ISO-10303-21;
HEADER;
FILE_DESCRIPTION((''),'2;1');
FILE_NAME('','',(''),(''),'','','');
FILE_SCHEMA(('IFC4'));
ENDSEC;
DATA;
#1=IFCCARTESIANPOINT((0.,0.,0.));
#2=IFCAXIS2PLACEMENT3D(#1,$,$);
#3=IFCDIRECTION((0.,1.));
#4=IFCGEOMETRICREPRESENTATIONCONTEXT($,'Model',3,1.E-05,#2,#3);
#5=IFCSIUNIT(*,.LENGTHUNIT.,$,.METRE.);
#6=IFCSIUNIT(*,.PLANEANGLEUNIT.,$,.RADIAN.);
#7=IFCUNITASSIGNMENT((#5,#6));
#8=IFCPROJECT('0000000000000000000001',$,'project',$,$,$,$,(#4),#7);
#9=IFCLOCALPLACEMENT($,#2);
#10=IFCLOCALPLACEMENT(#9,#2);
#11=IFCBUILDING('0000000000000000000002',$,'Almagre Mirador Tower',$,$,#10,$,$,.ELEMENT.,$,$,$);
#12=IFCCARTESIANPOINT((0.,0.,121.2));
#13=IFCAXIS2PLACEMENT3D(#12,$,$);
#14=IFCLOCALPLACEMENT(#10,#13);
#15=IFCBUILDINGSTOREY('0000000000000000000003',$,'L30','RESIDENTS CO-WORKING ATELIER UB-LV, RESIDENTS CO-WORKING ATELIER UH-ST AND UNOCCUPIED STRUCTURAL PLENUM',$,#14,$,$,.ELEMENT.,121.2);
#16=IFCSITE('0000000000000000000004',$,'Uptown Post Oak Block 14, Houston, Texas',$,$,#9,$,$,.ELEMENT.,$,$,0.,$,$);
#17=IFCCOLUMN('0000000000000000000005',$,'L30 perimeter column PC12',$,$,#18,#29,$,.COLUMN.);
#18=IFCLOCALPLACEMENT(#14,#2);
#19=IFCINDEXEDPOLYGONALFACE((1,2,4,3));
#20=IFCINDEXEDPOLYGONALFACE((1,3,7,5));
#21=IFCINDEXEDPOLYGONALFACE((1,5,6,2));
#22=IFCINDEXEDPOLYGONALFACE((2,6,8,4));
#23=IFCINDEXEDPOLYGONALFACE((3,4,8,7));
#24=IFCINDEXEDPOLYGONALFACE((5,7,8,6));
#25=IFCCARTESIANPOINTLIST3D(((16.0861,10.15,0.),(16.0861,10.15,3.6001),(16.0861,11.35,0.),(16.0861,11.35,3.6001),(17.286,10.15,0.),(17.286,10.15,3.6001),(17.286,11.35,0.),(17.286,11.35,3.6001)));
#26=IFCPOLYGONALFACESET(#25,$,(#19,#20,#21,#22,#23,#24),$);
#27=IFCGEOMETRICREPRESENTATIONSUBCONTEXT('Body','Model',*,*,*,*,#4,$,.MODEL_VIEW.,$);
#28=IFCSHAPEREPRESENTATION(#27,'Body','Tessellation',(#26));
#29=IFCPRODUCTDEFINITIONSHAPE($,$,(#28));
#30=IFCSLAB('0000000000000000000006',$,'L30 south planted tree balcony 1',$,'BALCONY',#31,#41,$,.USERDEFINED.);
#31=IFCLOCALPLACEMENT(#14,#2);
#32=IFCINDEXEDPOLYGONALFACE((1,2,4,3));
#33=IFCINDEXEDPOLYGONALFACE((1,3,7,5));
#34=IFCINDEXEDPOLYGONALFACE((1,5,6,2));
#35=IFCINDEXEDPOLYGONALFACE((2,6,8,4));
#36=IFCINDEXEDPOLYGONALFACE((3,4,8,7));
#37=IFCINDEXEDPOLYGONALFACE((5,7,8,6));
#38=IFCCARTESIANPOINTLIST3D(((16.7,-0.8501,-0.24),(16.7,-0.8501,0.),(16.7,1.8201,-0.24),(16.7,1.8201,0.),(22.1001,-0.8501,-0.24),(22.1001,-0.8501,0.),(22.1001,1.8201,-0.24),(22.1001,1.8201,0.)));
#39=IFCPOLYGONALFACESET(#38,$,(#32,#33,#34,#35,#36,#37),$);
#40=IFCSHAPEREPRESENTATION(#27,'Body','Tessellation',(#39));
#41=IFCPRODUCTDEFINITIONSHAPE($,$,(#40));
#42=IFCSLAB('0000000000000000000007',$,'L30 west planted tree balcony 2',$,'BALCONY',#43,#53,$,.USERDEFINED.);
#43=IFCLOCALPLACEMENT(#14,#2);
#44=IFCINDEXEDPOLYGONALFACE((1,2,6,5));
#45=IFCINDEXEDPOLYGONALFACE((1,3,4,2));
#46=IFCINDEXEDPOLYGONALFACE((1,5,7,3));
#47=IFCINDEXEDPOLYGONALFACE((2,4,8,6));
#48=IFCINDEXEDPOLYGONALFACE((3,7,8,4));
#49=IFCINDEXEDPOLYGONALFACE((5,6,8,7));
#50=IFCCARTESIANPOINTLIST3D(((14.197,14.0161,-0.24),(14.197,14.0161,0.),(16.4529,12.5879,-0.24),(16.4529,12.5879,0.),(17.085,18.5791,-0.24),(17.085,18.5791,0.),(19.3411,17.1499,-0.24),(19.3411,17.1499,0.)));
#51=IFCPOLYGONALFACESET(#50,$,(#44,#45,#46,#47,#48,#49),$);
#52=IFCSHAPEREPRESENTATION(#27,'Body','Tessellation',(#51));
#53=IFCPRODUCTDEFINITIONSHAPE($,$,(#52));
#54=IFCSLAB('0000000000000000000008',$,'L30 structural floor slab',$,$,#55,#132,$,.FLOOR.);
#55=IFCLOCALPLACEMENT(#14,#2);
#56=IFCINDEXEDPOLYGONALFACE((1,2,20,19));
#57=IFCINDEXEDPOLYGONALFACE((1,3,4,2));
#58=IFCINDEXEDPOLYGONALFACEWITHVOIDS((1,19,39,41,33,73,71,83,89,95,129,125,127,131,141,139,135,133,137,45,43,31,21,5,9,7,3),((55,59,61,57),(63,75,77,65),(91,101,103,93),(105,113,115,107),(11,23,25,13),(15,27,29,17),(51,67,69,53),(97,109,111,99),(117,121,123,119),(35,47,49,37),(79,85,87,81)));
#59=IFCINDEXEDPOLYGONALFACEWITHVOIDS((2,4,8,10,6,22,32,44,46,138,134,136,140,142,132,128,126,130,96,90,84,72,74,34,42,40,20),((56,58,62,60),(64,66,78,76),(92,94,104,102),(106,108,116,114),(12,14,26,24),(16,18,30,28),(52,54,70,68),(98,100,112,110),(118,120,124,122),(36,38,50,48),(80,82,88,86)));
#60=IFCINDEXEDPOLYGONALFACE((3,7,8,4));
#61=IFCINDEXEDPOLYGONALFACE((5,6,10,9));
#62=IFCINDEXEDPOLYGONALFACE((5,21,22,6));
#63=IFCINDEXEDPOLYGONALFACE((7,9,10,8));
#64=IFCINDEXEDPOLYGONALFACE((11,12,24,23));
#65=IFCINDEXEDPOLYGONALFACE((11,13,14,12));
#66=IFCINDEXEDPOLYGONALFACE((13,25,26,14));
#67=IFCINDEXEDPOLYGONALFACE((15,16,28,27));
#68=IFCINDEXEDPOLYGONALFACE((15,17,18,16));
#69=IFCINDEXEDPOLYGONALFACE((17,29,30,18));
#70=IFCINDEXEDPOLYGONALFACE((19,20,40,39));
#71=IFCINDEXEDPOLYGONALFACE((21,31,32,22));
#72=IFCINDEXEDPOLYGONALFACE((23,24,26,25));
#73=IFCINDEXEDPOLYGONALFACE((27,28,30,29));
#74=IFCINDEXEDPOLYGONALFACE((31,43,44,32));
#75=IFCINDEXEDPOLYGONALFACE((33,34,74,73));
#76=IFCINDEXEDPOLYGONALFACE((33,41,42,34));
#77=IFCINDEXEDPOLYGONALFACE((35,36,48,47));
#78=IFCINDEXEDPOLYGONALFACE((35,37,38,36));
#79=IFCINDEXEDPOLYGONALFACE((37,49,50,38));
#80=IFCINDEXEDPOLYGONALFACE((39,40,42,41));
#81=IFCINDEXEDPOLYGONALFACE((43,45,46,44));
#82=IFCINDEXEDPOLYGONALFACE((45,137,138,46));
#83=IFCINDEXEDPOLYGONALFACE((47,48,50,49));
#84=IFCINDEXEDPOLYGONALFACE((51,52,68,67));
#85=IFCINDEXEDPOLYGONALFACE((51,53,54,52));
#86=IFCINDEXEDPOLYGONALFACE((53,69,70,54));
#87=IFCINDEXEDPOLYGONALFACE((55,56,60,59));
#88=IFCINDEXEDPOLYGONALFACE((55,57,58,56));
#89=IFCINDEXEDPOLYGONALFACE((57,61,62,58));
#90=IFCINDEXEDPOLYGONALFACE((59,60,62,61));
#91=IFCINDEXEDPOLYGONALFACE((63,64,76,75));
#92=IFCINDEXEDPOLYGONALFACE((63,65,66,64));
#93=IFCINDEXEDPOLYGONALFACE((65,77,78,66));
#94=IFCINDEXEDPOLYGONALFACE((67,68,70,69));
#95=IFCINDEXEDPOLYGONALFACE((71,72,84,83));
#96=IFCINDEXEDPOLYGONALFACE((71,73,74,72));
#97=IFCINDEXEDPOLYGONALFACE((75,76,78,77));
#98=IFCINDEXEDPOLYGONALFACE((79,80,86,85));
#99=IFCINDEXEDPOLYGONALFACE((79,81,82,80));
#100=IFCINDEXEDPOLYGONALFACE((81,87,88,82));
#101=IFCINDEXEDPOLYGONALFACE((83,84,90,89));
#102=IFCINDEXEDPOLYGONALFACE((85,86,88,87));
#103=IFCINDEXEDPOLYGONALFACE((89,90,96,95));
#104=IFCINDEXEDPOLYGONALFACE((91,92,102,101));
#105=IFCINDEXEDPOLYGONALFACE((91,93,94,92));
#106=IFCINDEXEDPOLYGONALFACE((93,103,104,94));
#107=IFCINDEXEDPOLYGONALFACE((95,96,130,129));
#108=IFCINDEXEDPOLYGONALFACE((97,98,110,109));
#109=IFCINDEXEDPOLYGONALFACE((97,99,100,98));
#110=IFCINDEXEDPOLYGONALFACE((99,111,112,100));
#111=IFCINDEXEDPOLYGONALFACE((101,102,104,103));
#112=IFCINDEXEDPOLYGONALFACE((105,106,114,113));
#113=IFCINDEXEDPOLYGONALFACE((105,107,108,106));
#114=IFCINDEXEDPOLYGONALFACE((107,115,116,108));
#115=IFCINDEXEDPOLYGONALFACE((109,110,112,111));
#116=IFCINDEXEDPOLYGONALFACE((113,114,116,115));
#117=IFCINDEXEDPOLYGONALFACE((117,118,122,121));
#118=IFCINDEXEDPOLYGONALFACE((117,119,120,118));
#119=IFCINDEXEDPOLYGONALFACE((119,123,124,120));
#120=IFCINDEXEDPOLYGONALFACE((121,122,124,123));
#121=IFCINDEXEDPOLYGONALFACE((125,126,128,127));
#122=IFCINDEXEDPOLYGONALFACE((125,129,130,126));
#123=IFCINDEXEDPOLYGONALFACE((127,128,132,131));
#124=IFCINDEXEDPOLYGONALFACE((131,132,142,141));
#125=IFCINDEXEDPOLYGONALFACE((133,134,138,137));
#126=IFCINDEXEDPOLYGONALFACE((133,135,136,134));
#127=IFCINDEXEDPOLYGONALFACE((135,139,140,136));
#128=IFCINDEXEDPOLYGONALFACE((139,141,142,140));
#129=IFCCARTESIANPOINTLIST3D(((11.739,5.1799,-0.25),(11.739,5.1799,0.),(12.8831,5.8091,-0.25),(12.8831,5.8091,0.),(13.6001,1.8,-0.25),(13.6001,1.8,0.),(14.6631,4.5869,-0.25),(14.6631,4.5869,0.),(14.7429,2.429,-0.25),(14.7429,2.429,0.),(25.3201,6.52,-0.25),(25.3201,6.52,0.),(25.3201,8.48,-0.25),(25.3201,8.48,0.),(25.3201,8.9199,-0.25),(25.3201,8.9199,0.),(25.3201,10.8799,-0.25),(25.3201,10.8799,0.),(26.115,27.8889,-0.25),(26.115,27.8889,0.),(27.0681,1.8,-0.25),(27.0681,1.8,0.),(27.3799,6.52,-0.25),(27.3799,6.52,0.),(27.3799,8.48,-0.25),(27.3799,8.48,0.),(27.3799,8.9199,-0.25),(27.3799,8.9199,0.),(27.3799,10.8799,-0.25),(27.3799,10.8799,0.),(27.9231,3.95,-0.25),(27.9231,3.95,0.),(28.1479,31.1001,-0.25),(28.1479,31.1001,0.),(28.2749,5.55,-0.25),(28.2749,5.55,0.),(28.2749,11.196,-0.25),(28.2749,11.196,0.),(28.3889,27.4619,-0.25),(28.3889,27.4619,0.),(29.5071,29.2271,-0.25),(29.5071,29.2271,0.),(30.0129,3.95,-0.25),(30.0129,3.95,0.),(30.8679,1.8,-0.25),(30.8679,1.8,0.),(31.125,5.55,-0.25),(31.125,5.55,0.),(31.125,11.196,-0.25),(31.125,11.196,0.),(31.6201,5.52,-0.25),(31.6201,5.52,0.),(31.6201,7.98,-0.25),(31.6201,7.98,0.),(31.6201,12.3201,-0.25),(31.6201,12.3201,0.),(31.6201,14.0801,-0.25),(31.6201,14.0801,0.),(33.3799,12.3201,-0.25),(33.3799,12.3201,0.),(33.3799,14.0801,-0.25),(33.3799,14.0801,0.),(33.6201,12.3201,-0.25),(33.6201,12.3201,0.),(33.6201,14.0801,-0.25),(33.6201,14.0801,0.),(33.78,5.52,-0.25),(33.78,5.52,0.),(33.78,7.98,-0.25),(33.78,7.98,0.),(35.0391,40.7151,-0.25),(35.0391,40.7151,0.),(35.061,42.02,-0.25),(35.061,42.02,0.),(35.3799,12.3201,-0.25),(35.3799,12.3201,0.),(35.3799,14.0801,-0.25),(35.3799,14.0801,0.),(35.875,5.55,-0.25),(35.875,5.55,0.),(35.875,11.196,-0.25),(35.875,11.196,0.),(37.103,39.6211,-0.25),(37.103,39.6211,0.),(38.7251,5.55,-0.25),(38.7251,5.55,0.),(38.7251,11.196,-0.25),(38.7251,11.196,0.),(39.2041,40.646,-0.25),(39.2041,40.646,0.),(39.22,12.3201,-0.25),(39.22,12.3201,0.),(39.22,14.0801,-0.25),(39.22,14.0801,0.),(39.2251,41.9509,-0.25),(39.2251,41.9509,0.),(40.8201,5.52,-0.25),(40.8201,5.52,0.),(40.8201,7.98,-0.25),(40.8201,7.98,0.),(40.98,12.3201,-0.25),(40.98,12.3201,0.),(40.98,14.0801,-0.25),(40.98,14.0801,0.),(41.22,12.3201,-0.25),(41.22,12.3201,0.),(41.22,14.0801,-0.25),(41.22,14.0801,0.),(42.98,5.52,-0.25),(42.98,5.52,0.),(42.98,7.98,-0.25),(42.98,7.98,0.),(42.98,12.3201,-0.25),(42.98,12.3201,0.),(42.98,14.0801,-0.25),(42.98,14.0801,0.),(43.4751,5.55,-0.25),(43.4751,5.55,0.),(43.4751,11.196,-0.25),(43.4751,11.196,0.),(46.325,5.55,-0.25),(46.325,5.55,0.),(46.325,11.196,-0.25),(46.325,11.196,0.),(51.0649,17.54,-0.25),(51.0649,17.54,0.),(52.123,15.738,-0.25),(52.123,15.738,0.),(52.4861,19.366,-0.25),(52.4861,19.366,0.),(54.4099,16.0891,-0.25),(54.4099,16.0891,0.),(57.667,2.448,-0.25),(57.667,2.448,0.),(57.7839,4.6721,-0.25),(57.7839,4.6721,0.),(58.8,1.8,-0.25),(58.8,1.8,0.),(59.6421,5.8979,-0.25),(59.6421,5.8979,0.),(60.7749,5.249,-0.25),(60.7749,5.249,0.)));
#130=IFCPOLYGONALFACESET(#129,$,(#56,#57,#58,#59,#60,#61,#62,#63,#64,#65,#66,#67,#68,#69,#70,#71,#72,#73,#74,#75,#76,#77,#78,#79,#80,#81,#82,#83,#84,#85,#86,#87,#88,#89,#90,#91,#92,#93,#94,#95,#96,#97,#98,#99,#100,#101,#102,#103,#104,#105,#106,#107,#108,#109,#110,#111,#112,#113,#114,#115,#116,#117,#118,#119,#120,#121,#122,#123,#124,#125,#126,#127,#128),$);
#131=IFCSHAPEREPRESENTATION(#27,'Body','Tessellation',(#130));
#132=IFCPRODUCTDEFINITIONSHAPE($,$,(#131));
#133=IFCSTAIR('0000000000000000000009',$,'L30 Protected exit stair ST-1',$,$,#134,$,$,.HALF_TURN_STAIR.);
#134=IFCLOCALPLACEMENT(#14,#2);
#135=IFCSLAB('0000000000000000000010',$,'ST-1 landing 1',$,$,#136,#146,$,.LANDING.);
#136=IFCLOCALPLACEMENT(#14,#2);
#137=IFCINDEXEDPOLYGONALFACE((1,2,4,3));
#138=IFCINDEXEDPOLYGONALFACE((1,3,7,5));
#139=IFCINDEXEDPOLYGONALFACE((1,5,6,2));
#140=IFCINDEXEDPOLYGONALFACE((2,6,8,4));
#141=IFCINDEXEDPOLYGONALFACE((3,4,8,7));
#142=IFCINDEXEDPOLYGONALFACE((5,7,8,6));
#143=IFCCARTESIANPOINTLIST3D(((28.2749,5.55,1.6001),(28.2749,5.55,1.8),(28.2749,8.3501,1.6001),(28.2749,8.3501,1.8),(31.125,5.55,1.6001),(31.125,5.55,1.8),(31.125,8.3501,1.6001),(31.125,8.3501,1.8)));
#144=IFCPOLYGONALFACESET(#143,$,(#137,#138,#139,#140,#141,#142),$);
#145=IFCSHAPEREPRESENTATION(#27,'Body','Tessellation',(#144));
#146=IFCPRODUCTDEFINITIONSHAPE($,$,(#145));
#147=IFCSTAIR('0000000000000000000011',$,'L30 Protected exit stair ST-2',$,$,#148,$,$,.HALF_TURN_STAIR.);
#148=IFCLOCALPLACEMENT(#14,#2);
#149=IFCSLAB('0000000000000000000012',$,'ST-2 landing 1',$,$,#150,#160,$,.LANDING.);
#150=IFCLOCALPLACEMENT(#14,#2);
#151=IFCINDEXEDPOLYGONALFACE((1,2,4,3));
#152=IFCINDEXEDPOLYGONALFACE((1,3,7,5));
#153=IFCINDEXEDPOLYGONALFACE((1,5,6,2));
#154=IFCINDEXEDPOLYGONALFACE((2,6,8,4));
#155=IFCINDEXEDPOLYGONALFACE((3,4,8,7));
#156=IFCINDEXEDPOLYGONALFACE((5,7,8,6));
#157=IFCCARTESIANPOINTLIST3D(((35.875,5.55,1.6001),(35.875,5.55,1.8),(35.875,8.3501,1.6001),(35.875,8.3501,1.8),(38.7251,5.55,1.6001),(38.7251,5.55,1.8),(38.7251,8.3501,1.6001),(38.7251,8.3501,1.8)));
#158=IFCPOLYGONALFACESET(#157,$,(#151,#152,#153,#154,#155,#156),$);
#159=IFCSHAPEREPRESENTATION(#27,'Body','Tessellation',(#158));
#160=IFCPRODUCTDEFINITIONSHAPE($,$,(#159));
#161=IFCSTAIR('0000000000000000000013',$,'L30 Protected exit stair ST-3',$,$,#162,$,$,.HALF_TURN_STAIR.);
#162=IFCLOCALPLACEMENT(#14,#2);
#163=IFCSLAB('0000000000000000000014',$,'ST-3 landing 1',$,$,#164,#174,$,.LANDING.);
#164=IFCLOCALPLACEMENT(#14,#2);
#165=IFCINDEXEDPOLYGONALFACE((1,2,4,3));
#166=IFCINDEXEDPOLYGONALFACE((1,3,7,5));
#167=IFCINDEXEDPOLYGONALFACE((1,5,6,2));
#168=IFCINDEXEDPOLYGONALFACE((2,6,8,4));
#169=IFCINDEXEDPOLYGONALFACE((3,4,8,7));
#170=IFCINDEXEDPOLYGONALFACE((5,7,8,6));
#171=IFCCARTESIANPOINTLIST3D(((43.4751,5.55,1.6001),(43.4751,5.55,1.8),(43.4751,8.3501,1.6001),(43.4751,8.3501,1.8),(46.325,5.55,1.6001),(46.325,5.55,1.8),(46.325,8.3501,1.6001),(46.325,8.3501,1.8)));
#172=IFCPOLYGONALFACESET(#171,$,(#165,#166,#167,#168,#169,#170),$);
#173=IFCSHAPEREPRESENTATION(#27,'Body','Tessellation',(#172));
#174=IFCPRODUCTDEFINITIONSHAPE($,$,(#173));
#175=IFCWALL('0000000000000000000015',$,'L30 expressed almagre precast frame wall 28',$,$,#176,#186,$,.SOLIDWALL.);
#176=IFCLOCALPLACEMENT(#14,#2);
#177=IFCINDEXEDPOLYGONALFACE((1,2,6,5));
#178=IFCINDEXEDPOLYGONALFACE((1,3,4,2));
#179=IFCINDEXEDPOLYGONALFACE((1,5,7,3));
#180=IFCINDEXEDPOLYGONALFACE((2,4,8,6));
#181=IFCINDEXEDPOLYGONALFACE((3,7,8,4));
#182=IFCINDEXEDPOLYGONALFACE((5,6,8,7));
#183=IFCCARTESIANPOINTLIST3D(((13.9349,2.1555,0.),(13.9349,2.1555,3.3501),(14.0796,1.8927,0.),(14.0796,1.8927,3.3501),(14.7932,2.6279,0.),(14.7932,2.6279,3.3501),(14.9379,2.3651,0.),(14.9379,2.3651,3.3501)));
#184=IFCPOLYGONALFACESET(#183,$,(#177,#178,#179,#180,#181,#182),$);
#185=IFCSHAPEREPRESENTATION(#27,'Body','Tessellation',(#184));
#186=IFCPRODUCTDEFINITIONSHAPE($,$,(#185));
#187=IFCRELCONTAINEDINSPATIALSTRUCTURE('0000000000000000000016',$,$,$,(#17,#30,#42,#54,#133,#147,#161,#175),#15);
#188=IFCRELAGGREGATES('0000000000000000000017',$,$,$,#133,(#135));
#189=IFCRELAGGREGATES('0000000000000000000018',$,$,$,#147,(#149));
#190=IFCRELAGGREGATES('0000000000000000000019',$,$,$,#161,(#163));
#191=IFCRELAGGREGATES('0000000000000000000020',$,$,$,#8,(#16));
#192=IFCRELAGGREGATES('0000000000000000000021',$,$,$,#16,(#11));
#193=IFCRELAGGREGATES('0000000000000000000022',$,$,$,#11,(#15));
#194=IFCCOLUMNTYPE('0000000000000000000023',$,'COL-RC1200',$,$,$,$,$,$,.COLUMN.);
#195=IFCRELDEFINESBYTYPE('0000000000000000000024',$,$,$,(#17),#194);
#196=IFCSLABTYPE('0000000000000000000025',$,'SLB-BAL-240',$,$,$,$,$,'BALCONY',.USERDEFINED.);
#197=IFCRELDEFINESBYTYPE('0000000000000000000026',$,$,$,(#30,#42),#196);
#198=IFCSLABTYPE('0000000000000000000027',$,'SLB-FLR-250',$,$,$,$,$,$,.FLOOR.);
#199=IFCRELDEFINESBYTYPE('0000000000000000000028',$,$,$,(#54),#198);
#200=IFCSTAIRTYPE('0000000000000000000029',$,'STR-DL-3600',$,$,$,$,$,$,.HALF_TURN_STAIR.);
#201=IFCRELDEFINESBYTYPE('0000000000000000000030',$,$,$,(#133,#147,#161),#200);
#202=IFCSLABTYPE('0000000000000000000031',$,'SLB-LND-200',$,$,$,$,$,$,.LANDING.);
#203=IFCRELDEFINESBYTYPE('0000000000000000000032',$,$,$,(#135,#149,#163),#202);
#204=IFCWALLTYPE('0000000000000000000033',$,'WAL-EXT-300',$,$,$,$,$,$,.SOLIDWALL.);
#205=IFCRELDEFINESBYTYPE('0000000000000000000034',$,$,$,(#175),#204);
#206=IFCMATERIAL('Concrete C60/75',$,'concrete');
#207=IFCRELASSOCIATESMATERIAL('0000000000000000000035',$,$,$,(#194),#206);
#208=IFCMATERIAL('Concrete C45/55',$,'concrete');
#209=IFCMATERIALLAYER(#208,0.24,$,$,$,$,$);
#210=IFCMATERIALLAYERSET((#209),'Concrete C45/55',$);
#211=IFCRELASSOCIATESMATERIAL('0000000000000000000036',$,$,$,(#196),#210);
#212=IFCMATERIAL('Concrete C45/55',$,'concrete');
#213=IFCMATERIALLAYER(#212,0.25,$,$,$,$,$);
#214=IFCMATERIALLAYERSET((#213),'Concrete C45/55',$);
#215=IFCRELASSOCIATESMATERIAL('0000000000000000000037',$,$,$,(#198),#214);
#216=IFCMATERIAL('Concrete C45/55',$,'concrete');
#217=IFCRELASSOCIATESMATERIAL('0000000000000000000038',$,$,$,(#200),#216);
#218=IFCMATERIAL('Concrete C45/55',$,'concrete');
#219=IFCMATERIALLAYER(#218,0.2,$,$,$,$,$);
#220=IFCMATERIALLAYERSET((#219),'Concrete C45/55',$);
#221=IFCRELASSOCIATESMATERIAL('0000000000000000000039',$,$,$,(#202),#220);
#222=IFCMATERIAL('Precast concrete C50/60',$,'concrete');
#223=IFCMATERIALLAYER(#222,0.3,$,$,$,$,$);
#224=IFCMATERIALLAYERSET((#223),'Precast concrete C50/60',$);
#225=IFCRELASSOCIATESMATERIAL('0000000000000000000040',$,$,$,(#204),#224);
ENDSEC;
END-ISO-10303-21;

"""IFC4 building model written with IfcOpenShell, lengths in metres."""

from ifc_helpers import new_model, si_unit, direction, frame, frame_2d, origin, origin_2d, place, context, subcontext, project, spatial, polyline, rectangle, outline, extrude, material, layer, layer_set, material_profile, profile_set, type_object, element, aggregate, save


model = new_model("IFC4")

# Units and contexts
model_context = context("Model", 3, precision=1e-05, world=origin(), true_north=direction((0.0, 1.0)))
body_context = subcontext(model_context, "Body", "Model", "MODEL_VIEW")
ifc_project = project(units=[si_unit("LENGTHUNIT", "METRE"), si_unit("PLANEANGLEUNIT", "RADIAN")], contexts=[model_context])

# Site, building, storey
site_placement = place(None, origin())
site = spatial("IfcSite", under=ifc_project, at=site_placement, Name="Uptown Post Oak Block 14, Houston, Texas", CompositionType="ELEMENT", RefElevation=0.0)
building_placement = place(site_placement, origin())
building = spatial("IfcBuilding", under=site, at=building_placement, Name="Almagre Mirador Tower", CompositionType="ELEMENT")
storey_placement = place(building_placement, frame((0.0, 0.0, 121.2)))
storey = spatial("IfcBuildingStorey", under=building, at=storey_placement, Name="L30", Description="RESIDENTS CO-WORKING ATELIER UB-LV, RESIDENTS CO-WORKING ATELIER UH-ST AND UNOCCUPIED STRUCTURAL PLENUM", CompositionType="ELEMENT", Elevation=121.2)

# Column
ifc_material_1 = material(Name="Concrete C60/75", Category="concrete")
ifc_material_profile = material_profile(ifc_material_1, rectangle(XDim=1.2, YDim=1.2, at=origin_2d()), Name="RC1200X1200")
ifc_profile_set = profile_set([ifc_material_profile], Name="Concrete C60/75")
column_type = type_object("IfcColumnType", Name="COL-RC1200", PredefinedType="COLUMN", material=ifc_profile_set)
column_placement = place(storey_placement, frame((16.686, 10.75, 0.0), z_axis=(0.0, 0.0, 1.0), x_axis=(1.0, 0.0, 0.0)))
element("IfcColumn", 1, at=column_placement, inside=storey, type_object=column_type, Name="L30 perimeter column PC12", PredefinedType="COLUMN", context=body_context, shape_type="SweptSolid", body=[
    extrude(rectangle(XDim=1.2, YDim=1.2, at=origin_2d()), origin(), (0.0, 0.0, 1.0), 3.6001),
])

# Slabs
ifc_material_2 = material(Name="Concrete C45/55", Category="concrete")
ifc_layer_1 = layer(ifc_material_2, 0.24)
ifc_layer_set_1 = layer_set([ifc_layer_1], Name="Concrete C45/55")
slab_type_1 = type_object("IfcSlabType", Name="SLB-BAL-240", ElementType="BALCONY", PredefinedType="USERDEFINED", material=ifc_layer_set_1)
slab_1_placement = place(storey_placement, frame((0.0, 0.0, -0.24)))
element("IfcSlab", 2, at=slab_1_placement, inside=storey, type_object=slab_type_1, Name="L30 south planted tree balcony 1", ObjectType="BALCONY", PredefinedType="USERDEFINED", context=body_context, shape_type="SweptSolid", body=[
    extrude(outline(polyline([(16.7, 1.8201), (22.1001, 1.8201), (22.1001, -0.8501), (16.7, -0.8501), (16.7, 1.8201)])), origin(), (0.0, 0.0, 1.0), 0.24),
])
slab_2_placement = place(storey_placement, frame((0.0, 0.0, -0.24)))
element("IfcSlab", 3, at=slab_2_placement, inside=storey, type_object=slab_type_1, Name="L30 west planted tree balcony 2", ObjectType="BALCONY", PredefinedType="USERDEFINED", context=body_context, shape_type="SweptSolid", body=[
    extrude(outline(polyline([(19.3411, 17.1499), (16.4529, 12.5879), (14.197, 14.0161), (17.085, 18.5791), (19.3411, 17.1499)])), origin(), (0.0, 0.0, 1.0), 0.24),
])
ifc_material_3 = material(Name="Concrete C45/55", Category="concrete")
ifc_layer_2 = layer(ifc_material_3, 0.25)
ifc_layer_set_2 = layer_set([ifc_layer_2], Name="Concrete C45/55")
slab_type_2 = type_object("IfcSlabType", Name="SLB-FLR-250", PredefinedType="FLOOR", material=ifc_layer_set_2)
slab_3_placement = place(storey_placement, frame((0.0, 0.0, -0.25)))
element("IfcSlab", 4, at=slab_3_placement, inside=storey, type_object=slab_type_2, Name="L30 structural floor slab", PredefinedType="FLOOR", context=body_context, shape_type="SweptSolid", body=[
    extrude(outline(polyline([(11.739, 5.1799), (12.8831, 5.8091), (14.6631, 4.5869), (14.7429, 2.429), (13.6001, 1.8), (27.0681, 1.8), (27.9231, 3.95), (30.0129, 3.95), (30.8679, 1.8), (58.8, 1.8), (57.667, 2.448), (57.7839, 4.6721), (59.6421, 5.8979), (60.7749, 5.249), (54.4099, 16.0891), (52.123, 15.738), (51.0649, 17.54), (52.4861, 19.366), (39.2251, 41.9509), (39.2041, 40.646), (37.103, 39.6211), (35.0391, 40.7151), (35.061, 42.02), (28.1479, 31.1001), (29.5071, 29.2271), (28.3889, 27.4619), (26.115, 27.8889), (11.739, 5.1799)]), holes=[polyline([(43.4751, 5.55), (43.4751, 11.196), (46.325, 11.196), (46.325, 5.55), (43.4751, 5.55)]), polyline([(40.8201, 5.52), (40.8201, 7.98), (42.98, 7.98), (42.98, 5.52), (40.8201, 5.52)]), polyline([(41.22, 12.3201), (41.22, 14.0801), (42.98, 14.0801), (42.98, 12.3201), (41.22, 12.3201)]), polyline([(39.22, 12.3201), (39.22, 14.0801), (40.98, 14.0801), (40.98, 12.3201), (39.22, 12.3201)]), polyline([(35.875, 11.196), (38.7251, 11.196), (38.7251, 5.55), (35.875, 5.55), (35.875, 11.196)]), polyline([(35.3799, 12.3201), (33.6201, 12.3201), (33.6201, 14.0801), (35.3799, 14.0801), (35.3799, 12.3201)]), polyline([(33.78, 5.52), (31.6201, 5.52), (31.6201, 7.98), (33.78, 7.98), (33.78, 5.52)]), polyline([(31.6201, 12.3201), (31.6201, 14.0801), (33.3799, 14.0801), (33.3799, 12.3201), (31.6201, 12.3201)]), polyline([(28.2749, 5.55), (28.2749, 11.196), (31.125, 11.196), (31.125, 5.55), (28.2749, 5.55)]), polyline([(25.3201, 8.9199), (25.3201, 10.8799), (27.3799, 10.8799), (27.3799, 8.9199), (25.3201, 8.9199)]), polyline([(27.3799, 6.52), (25.3201, 6.52), (25.3201, 8.48), (27.3799, 8.48), (27.3799, 6.52)])]), origin(), (0.0, 0.0, 1.0), 0.25),
])

# Stairs, slabs
ifc_material_4 = material(Name="Concrete C45/55", Category="concrete")
stair_type = type_object("IfcStairType", Name="STR-DL-3600", PredefinedType="HALF_TURN_STAIR", material=ifc_material_4)
stair_1_placement = place(storey_placement, origin())
stair_1 = element("IfcStair", 5, at=stair_1_placement, inside=storey, type_object=stair_type, Name="L30 Protected exit stair ST-1", PredefinedType="HALF_TURN_STAIR")
ifc_material_5 = material(Name="Concrete C45/55", Category="concrete")
ifc_layer_3 = layer(ifc_material_5, 0.2)
ifc_layer_set_3 = layer_set([ifc_layer_3], Name="Concrete C45/55")
slab_type_3 = type_object("IfcSlabType", Name="SLB-LND-200", PredefinedType="LANDING", material=ifc_layer_set_3)
slab_4_placement = place(storey_placement, frame((0.0, 0.0, 1.6001)))
slab_4 = element("IfcSlab", 6, at=slab_4_placement, type_object=slab_type_3, Name="ST-1 landing 1", PredefinedType="LANDING", context=body_context, shape_type="SweptSolid", body=[
    extrude(outline(polyline([(28.2749, 8.3501), (28.2749, 5.55), (31.125, 5.55), (31.125, 8.3501), (28.2749, 8.3501)])), origin(), (0.0, 0.0, 1.0), 0.2),
])
aggregate(stair_1, [slab_4])
stair_2_placement = place(storey_placement, origin())
stair_2 = element("IfcStair", 7, at=stair_2_placement, inside=storey, type_object=stair_type, Name="L30 Protected exit stair ST-2", PredefinedType="HALF_TURN_STAIR")
slab_5_placement = place(storey_placement, frame((0.0, 0.0, 1.6001)))
slab_5 = element("IfcSlab", 8, at=slab_5_placement, type_object=slab_type_3, Name="ST-2 landing 1", PredefinedType="LANDING", context=body_context, shape_type="SweptSolid", body=[
    extrude(outline(polyline([(35.875, 8.3501), (35.875, 5.55), (38.7251, 5.55), (38.7251, 8.3501), (35.875, 8.3501)])), origin(), (0.0, 0.0, 1.0), 0.2),
])
aggregate(stair_2, [slab_5])
stair_3_placement = place(storey_placement, origin())
stair_3 = element("IfcStair", 9, at=stair_3_placement, inside=storey, type_object=stair_type, Name="L30 Protected exit stair ST-3", PredefinedType="HALF_TURN_STAIR")
slab_6_placement = place(storey_placement, frame((0.0, 0.0, 1.6001)))
slab_6 = element("IfcSlab", 10, at=slab_6_placement, type_object=slab_type_3, Name="ST-3 landing 1", PredefinedType="LANDING", context=body_context, shape_type="SweptSolid", body=[
    extrude(outline(polyline([(43.4751, 8.3501), (43.4751, 5.55), (46.325, 5.55), (46.325, 8.3501), (43.4751, 8.3501)])), origin(), (0.0, 0.0, 1.0), 0.2),
])
aggregate(stair_3, [slab_6])

# Wall
ifc_material_6 = material(Name="Precast concrete C50/60", Category="concrete")
ifc_layer_4 = layer(ifc_material_6, 0.3)
ifc_layer_set_4 = layer_set([ifc_layer_4], Name="Precast concrete C50/60")
wall_type_1 = type_object("IfcWallType", Name="WAL-EXT-300", PredefinedType="SOLIDWALL", material=ifc_layer_set_4)
wall_1_placement = place(storey_placement, frame((14.0073, 2.0242, 0.0), z_axis=(0.0, 0.0, 1.0), x_axis=(0.87609, 0.482148, 0.0)))
element("IfcWall", 11, at=wall_1_placement, inside=storey, type_object=wall_type_1, Name="L30 expressed almagre precast frame wall 28", PredefinedType="SOLIDWALL", context=body_context, shape_type="SweptSolid", body=[
    extrude(rectangle(XDim=0.9797, YDim=0.3, at=frame_2d((0.4897, 0.0))), origin(), (0.0, 0.0, 1.0), 3.3501),
])

save(model, "model.ifc")
